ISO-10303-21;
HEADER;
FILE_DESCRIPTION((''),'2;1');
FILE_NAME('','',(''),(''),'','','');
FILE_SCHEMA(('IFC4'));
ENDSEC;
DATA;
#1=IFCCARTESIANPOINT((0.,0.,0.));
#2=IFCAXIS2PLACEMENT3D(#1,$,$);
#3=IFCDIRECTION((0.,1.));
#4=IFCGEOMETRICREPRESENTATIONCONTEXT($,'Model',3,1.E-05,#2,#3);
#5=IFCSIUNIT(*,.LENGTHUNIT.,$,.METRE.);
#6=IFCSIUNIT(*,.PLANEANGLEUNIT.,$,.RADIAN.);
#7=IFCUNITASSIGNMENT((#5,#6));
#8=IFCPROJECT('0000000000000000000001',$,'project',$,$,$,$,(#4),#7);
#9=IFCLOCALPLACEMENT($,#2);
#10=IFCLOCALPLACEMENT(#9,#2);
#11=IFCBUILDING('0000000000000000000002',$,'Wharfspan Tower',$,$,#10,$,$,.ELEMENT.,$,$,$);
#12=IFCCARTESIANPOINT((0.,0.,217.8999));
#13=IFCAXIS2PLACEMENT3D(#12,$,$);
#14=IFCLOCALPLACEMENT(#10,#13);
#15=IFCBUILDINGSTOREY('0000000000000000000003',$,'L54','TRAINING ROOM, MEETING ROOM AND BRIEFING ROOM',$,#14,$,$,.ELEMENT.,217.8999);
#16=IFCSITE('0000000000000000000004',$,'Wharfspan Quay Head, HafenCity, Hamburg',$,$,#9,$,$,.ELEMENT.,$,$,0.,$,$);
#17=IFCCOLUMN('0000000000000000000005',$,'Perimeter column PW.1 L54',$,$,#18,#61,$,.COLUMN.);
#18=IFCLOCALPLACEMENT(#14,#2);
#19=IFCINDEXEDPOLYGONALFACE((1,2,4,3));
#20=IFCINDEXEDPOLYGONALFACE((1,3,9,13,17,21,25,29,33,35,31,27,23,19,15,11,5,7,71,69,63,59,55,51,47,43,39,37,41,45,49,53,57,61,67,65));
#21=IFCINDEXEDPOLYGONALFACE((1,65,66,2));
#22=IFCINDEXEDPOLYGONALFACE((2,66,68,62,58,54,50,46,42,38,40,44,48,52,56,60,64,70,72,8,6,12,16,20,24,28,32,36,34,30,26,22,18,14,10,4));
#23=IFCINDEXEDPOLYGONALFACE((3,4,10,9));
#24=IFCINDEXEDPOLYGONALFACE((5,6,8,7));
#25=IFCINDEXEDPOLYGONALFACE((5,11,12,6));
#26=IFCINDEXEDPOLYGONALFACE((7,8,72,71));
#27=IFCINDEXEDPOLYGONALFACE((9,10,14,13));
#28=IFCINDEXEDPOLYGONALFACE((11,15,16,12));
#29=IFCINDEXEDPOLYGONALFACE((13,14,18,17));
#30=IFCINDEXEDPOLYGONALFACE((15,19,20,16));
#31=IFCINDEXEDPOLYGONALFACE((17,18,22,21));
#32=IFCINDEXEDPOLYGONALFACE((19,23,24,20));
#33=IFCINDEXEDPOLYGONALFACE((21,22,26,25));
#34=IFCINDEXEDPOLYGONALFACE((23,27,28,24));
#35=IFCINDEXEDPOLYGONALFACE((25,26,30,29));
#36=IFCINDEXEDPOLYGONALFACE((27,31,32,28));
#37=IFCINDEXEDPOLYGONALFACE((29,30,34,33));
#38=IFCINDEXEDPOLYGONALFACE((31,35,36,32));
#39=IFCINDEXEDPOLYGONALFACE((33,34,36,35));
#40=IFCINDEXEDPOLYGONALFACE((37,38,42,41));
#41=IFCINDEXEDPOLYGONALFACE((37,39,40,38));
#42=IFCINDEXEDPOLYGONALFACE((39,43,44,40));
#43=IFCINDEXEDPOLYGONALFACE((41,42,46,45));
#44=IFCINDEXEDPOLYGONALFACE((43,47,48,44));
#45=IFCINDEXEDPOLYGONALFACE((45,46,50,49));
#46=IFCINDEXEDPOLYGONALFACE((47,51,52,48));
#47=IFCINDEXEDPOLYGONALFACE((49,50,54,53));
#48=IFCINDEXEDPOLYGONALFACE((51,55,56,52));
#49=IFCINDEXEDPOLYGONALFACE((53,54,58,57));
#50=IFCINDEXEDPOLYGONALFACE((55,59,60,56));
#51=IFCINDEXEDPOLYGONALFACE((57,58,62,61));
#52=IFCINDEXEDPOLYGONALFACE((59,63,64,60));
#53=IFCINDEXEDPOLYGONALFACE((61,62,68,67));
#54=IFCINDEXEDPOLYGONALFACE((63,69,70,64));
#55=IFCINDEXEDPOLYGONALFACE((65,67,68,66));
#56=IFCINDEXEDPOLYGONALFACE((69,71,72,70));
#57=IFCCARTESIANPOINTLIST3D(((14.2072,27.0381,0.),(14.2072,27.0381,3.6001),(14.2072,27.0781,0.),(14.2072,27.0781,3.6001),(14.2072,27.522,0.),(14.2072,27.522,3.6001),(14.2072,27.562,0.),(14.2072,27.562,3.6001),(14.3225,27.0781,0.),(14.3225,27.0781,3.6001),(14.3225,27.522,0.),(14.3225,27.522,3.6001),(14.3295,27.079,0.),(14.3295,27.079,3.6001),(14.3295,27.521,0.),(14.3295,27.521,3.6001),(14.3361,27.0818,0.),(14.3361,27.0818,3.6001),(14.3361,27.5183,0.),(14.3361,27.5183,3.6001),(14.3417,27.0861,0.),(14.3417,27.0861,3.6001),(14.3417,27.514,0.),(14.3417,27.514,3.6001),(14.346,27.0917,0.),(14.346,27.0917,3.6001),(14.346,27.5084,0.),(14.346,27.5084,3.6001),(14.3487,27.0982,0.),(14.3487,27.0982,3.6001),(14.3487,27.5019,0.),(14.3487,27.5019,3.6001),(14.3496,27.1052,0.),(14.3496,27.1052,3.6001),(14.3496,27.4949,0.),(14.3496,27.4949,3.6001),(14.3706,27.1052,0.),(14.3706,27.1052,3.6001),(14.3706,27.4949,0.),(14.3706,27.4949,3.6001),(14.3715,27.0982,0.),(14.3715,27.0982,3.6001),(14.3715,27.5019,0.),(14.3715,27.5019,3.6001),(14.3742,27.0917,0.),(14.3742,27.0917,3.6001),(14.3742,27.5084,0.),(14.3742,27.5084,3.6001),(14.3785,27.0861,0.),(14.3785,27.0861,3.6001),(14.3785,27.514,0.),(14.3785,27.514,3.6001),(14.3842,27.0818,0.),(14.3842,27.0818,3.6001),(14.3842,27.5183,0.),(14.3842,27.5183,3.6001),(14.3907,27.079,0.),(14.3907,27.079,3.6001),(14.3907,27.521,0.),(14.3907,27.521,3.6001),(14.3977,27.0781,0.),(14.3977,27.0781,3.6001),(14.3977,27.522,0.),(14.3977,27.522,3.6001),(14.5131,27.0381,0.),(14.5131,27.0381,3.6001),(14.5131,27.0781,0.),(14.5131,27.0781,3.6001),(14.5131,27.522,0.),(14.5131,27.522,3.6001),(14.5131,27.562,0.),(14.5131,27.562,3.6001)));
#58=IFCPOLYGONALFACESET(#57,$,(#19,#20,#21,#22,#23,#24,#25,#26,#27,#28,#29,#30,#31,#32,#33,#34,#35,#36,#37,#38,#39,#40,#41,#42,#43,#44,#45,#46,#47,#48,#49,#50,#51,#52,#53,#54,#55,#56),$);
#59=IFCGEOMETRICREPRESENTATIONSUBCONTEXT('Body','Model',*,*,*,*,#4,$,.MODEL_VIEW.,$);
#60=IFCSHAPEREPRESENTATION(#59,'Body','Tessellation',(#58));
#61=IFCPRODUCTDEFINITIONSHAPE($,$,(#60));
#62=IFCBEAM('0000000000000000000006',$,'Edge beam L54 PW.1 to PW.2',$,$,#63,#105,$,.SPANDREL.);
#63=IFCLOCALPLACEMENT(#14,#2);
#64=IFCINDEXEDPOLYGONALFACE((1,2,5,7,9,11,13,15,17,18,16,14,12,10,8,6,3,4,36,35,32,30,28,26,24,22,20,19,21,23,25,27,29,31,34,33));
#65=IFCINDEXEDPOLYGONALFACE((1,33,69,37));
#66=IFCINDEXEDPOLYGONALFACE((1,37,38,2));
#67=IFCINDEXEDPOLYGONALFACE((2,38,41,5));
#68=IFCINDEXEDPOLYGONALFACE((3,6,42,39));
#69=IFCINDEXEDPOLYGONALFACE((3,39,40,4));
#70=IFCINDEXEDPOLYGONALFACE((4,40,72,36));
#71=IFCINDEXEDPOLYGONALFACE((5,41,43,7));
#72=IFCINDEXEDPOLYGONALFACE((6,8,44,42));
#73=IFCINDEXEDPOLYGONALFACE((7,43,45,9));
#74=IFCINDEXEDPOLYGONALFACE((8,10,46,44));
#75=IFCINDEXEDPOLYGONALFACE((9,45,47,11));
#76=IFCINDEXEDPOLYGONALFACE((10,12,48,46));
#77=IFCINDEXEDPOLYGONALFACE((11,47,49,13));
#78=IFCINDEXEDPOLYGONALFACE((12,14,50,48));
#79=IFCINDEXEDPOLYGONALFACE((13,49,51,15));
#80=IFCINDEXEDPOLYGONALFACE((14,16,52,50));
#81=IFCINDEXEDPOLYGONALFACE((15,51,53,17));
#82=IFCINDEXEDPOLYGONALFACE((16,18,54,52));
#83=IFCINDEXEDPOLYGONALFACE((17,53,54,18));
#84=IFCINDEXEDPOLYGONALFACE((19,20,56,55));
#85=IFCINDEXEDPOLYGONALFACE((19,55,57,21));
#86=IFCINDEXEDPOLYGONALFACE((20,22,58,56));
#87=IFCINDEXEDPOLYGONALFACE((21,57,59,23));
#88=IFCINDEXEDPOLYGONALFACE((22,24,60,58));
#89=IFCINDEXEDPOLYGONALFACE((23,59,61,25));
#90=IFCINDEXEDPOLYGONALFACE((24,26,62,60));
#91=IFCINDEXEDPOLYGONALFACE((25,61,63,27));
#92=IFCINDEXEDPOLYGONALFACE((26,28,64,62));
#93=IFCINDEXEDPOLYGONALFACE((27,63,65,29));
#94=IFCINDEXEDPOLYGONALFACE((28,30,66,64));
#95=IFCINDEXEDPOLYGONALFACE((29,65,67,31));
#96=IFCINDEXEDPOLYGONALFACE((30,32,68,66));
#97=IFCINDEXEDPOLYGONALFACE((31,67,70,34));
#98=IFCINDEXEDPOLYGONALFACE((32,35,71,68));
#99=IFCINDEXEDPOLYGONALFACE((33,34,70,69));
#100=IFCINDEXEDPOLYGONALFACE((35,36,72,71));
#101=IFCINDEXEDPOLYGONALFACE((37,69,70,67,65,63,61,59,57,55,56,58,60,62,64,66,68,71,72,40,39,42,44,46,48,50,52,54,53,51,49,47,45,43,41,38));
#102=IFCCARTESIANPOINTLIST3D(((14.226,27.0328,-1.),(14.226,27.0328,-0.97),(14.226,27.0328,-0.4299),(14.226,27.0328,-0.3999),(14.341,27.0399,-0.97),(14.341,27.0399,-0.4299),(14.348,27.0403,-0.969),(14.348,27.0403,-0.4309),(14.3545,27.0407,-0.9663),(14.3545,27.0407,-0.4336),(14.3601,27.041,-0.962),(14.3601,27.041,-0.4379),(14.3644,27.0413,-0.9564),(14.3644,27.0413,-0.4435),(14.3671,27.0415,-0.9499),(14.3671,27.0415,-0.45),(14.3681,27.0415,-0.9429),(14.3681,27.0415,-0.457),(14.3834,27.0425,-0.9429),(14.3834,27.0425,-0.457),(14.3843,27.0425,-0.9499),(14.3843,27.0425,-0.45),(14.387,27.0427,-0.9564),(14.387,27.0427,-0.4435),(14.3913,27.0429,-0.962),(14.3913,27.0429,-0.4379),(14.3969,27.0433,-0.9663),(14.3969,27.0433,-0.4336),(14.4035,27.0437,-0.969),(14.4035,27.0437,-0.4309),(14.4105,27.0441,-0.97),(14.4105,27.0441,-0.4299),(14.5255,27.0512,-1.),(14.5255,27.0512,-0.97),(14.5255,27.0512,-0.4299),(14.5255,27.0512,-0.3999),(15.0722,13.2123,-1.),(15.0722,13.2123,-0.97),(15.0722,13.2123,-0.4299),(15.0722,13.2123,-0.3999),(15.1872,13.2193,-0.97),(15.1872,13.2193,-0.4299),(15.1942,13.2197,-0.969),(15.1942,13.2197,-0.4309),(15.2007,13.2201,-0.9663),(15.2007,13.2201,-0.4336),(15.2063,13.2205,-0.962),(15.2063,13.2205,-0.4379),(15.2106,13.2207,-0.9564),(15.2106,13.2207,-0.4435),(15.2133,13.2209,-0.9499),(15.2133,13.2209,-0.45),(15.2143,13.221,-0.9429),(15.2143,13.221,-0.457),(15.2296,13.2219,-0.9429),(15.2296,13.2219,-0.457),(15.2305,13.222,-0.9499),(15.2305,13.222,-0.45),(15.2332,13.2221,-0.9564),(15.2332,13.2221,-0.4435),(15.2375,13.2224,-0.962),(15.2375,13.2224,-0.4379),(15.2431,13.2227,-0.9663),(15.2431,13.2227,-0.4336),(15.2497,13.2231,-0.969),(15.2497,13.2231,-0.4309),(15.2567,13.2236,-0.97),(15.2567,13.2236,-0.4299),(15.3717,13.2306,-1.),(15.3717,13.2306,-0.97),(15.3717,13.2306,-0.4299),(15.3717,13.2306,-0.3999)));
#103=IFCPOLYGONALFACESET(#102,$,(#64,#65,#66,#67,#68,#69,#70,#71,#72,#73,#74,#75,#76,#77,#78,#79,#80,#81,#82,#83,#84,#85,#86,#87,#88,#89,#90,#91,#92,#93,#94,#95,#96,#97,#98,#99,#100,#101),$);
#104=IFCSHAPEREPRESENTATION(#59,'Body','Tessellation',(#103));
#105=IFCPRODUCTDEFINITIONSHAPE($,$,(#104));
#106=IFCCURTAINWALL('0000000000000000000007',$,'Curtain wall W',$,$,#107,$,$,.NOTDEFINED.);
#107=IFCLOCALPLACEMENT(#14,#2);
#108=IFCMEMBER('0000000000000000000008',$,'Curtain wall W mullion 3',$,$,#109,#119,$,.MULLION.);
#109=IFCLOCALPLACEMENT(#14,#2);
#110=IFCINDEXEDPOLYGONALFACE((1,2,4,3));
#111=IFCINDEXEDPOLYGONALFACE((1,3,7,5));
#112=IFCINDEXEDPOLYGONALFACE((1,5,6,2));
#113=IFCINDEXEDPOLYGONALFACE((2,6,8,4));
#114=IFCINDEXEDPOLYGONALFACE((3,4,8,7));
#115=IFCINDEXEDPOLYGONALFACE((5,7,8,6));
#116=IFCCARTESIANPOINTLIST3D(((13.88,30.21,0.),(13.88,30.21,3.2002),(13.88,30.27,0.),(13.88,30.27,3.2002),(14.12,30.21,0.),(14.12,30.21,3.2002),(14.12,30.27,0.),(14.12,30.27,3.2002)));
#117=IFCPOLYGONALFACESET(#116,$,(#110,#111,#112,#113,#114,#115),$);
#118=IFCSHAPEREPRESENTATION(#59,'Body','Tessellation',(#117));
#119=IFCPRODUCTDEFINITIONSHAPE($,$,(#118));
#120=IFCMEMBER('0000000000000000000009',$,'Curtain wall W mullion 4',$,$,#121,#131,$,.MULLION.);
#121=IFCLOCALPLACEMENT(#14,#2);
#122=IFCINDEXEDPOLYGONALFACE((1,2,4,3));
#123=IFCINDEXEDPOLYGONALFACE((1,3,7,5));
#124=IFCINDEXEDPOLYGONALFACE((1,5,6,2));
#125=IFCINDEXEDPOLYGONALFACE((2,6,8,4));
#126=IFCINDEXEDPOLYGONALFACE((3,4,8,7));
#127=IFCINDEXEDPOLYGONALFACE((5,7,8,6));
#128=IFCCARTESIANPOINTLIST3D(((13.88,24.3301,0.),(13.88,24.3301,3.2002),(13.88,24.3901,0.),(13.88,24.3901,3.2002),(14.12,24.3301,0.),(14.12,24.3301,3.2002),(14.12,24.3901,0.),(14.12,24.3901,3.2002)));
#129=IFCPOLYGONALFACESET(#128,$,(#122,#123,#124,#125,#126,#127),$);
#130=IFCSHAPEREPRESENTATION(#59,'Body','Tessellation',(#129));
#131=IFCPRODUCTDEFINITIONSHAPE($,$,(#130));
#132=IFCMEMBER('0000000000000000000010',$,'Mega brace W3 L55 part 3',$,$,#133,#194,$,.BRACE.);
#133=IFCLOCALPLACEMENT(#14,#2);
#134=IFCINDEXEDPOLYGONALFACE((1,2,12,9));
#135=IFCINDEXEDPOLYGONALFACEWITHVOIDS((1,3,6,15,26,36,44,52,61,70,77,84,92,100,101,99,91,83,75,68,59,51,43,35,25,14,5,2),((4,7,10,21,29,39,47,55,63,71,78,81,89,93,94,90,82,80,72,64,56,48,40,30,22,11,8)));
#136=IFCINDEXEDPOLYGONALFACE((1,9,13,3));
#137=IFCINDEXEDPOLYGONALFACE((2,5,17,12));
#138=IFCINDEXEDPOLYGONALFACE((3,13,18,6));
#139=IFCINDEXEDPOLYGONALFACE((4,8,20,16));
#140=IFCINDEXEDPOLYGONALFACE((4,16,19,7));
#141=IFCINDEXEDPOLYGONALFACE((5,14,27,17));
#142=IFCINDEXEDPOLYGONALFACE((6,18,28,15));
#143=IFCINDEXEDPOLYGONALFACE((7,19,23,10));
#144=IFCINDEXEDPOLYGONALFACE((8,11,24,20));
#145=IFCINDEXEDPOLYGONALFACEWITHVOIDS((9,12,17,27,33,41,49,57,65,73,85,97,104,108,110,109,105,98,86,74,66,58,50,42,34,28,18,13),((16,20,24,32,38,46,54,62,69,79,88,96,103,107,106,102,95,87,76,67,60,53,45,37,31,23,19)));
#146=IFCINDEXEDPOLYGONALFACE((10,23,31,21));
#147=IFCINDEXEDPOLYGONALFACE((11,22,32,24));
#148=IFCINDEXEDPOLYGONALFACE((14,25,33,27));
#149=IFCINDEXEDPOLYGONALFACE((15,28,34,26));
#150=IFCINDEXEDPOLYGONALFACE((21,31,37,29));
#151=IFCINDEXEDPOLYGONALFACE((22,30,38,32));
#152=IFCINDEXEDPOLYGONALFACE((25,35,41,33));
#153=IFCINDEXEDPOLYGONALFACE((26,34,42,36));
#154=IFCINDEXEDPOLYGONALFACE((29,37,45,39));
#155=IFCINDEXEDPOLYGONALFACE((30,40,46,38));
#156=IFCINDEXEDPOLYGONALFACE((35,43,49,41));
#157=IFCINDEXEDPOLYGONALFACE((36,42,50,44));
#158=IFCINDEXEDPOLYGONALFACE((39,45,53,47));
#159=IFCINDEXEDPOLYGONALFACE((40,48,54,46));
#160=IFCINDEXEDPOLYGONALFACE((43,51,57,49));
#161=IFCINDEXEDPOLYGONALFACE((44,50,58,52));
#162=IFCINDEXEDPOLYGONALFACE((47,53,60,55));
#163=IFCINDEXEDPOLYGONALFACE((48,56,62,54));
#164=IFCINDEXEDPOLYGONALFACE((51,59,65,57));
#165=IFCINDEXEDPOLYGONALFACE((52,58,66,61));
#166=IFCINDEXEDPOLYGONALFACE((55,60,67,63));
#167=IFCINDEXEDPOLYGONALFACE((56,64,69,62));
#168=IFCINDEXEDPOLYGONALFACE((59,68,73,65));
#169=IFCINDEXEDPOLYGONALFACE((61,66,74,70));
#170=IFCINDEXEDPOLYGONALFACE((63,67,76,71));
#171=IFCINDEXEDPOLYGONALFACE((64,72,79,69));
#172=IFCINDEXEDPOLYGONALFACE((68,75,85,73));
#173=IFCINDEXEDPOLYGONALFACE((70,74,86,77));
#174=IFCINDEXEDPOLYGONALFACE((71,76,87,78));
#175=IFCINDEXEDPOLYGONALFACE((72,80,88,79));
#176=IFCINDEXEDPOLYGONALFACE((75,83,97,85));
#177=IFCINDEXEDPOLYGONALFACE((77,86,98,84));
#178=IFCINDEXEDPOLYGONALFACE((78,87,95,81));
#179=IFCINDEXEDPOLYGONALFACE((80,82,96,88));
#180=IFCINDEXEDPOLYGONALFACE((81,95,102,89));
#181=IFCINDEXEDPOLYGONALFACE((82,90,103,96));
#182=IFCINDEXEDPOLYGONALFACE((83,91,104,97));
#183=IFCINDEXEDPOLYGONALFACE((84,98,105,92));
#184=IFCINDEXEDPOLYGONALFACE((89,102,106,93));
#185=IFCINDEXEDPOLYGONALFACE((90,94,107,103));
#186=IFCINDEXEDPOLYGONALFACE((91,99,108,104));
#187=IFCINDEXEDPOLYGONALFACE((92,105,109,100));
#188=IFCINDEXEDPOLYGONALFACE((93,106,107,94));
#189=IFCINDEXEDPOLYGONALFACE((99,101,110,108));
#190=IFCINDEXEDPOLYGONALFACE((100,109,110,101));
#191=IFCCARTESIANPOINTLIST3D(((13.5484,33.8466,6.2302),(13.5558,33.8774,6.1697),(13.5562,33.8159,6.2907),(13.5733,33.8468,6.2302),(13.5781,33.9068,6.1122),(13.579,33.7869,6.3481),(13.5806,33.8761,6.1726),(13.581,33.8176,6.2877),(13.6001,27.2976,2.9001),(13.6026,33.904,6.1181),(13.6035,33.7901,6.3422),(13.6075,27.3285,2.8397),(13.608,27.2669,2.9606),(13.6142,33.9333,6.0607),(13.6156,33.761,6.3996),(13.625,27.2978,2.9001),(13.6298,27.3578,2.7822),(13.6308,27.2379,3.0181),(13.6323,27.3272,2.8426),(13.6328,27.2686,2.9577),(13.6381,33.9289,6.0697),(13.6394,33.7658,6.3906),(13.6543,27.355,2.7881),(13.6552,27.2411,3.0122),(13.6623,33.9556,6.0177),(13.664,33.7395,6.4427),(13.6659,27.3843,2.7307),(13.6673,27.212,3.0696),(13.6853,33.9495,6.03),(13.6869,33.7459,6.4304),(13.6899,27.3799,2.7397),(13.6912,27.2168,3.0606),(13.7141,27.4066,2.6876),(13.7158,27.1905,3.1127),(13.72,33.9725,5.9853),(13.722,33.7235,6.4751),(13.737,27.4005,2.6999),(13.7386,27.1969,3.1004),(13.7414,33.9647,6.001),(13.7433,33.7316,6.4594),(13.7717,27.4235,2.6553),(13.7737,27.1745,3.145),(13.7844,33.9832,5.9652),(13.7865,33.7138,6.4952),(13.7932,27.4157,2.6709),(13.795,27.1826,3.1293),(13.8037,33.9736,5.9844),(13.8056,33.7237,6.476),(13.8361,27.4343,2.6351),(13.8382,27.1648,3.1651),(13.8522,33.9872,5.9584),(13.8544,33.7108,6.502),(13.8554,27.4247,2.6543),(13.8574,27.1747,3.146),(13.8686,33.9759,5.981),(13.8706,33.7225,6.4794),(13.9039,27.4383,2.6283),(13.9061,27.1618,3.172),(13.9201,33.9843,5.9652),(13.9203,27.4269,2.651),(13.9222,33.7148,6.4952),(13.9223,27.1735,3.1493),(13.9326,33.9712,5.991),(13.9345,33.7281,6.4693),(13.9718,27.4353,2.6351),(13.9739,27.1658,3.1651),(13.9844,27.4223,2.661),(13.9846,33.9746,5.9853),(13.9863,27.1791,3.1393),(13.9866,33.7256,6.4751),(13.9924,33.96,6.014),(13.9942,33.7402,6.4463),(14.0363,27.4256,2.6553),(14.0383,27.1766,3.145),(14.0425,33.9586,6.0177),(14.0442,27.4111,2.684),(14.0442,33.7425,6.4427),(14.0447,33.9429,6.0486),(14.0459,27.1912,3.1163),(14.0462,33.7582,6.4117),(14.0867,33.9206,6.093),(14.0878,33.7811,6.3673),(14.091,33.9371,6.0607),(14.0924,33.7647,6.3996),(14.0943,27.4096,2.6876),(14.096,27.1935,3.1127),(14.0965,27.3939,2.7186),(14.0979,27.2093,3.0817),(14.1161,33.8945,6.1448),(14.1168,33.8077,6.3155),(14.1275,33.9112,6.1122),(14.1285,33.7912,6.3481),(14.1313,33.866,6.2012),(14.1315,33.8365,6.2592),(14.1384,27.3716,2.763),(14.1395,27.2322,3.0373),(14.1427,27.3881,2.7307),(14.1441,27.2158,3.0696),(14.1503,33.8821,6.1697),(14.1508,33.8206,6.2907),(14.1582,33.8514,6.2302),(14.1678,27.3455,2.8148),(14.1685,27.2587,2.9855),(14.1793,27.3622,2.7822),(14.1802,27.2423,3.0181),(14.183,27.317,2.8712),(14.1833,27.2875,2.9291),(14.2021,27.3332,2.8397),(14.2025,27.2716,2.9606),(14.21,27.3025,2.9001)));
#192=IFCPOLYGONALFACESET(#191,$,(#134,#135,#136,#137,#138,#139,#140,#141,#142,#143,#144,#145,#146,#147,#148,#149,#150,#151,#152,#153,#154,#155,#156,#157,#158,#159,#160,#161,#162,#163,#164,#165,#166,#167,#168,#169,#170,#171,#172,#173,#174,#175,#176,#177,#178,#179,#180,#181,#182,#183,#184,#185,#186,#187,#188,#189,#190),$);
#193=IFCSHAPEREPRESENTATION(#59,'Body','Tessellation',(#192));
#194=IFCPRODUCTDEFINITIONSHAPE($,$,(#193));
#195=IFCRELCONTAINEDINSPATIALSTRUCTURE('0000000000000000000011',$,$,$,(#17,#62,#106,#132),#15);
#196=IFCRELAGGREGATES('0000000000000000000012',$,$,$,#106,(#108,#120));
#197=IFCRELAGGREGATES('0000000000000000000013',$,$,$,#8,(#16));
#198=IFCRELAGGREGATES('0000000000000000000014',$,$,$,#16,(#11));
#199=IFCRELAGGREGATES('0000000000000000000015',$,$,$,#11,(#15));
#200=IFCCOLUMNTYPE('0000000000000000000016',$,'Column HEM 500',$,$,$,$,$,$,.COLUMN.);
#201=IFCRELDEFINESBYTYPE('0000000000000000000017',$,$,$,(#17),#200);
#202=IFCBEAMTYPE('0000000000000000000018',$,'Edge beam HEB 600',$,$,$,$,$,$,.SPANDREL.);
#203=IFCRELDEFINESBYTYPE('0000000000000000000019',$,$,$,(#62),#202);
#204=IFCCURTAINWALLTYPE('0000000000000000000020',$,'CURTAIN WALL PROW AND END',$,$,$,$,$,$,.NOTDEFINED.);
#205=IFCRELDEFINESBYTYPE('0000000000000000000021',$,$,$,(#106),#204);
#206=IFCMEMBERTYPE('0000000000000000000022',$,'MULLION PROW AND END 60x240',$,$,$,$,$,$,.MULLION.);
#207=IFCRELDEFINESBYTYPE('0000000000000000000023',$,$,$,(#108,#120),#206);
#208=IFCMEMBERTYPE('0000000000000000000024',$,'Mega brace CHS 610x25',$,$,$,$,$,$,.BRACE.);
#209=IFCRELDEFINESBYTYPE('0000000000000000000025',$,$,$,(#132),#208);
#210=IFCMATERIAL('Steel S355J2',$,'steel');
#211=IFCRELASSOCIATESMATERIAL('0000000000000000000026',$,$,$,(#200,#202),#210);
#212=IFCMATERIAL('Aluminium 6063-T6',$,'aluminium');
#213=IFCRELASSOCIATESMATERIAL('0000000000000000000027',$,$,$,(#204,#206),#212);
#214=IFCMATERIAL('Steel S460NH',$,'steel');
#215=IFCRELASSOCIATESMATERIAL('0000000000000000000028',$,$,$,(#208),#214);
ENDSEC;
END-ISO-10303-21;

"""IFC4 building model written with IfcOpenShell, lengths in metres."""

from ifc_helpers import new_model, si_unit, direction, frame, origin, origin_2d, place, context, subcontext, project, spatial, rectangle, hollow_circle, i_section, extrude, material, material_profile, profile_set, type_object, element, aggregate, save


model = new_model("IFC4")

# Units and contexts
model_context = context("Model", 3, precision=1e-05, world=origin(), true_north=direction((0.0, 1.0)))
body_context = subcontext(model_context, "Body", "Model", "MODEL_VIEW")
ifc_project = project(units=[si_unit("LENGTHUNIT", "METRE"), si_unit("PLANEANGLEUNIT", "RADIAN")], contexts=[model_context])

# Site, building, storey
site_placement = place(None, origin())
site = spatial("IfcSite", under=ifc_project, at=site_placement, Name="Wharfspan Quay Head, HafenCity, Hamburg", CompositionType="ELEMENT", RefElevation=0.0)
building_placement = place(site_placement, origin())
building = spatial("IfcBuilding", under=site, at=building_placement, Name="Wharfspan Tower", CompositionType="ELEMENT")
storey_placement = place(building_placement, frame((0.0, 0.0, 217.8999)))
storey = spatial("IfcBuildingStorey", under=building, at=storey_placement, Name="L54", Description="TRAINING ROOM, MEETING ROOM AND BRIEFING ROOM", CompositionType="ELEMENT", Elevation=217.8999)

# Column
ifc_material_1 = material(Name="Steel S355J2", Category="steel")
ifc_material_profile_1 = material_profile(ifc_material_1, i_section(OverallWidth=0.3059, OverallDepth=0.5239, WebThickness=0.021, FlangeThickness=0.04, FilletRadius=0.0271, at=origin_2d()))
ifc_profile_set_1 = profile_set([ifc_material_profile_1], Name="Steel S355J2")
column_type = type_object("IfcColumnType", Name="Column HEM 500", PredefinedType="COLUMN", material=ifc_profile_set_1)
column_placement = place(storey_placement, frame((14.3601, 27.3, 0.0), z_axis=(0.0, 0.0, 1.0), x_axis=(-1.0, 0.0, 0.0)))
element("IfcColumn", 1, at=column_placement, inside=storey, type_object=column_type, Name="Perimeter column PW.1 L54", PredefinedType="COLUMN", context=body_context, shape_type="SweptSolid", body=[
    extrude(i_section(OverallWidth=0.3059, OverallDepth=0.5239, WebThickness=0.021, FlangeThickness=0.04, FilletRadius=0.0271, at=origin_2d()), origin(), (0.0, 0.0, 1.0), 3.6001),
])

# Beam
ifc_material_profile_2 = material_profile(ifc_material_1, i_section(OverallWidth=0.3, OverallDepth=0.6001, WebThickness=0.0154, FlangeThickness=0.03, FilletRadius=0.0271, at=origin_2d()))
ifc_profile_set_2 = profile_set([ifc_material_profile_2], Name="Steel S355J2")
beam_type = type_object("IfcBeamType", Name="Edge beam HEB 600", PredefinedType="SPANDREL", material=ifc_profile_set_2)
beam_placement = place(storey_placement, frame((14.3757, 27.042, -0.7), z_axis=(0.061113, -0.998131, 0.0), x_axis=(0.998131, 0.061113, 0.0)))
element("IfcBeam", 2, at=beam_placement, inside=storey, type_object=beam_type, Name="Edge beam L54 PW.1 to PW.2", PredefinedType="SPANDREL", context=body_context, shape_type="SweptSolid", body=[
    extrude(i_section(OverallWidth=0.3, OverallDepth=0.6001, WebThickness=0.0154, FlangeThickness=0.03, FilletRadius=0.0271, at=origin_2d()), origin(), (0.0, 0.0, 1.0), 13.8464),
])

# Curtain wall, members
ifc_material_2 = material(Name="Aluminium 6063-T6", Category="aluminium")
curtain_wall_type = type_object("IfcCurtainWallType", Name="CURTAIN WALL PROW AND END", PredefinedType="NOTDEFINED", material=ifc_material_2)
curtain_wall_placement = place(storey_placement, origin())
curtain_wall = element("IfcCurtainWall", 3, at=curtain_wall_placement, inside=storey, type_object=curtain_wall_type, Name="Curtain wall W", PredefinedType="NOTDEFINED")
ifc_material_profile_3 = material_profile(ifc_material_2, rectangle(XDim=0.24, YDim=0.0601, at=origin_2d()))
ifc_profile_set_3 = profile_set([ifc_material_profile_3], Name="Aluminium 6063-T6")
member_type_1 = type_object("IfcMemberType", Name="MULLION PROW AND END 60x240", PredefinedType="MULLION", material=ifc_profile_set_3)
member_1_placement = place(storey_placement, frame((14.0, 30.24, 0.0), z_axis=(0.0, 0.0, 1.0), x_axis=(1.0, 0.0, 0.0)))
member_1 = element("IfcMember", 4, at=member_1_placement, type_object=member_type_1, Name="Curtain wall W mullion 3", PredefinedType="MULLION", context=body_context, shape_type="SweptSolid", body=[
    extrude(rectangle(XDim=0.24, YDim=0.0601, at=origin_2d()), origin(), (0.0, 0.0, 1.0), 3.2002),
])
member_2_placement = place(storey_placement, frame((14.0, 24.3601, 0.0), z_axis=(0.0, 0.0, 1.0), x_axis=(1.0, 0.0, 0.0)))
member_2 = element("IfcMember", 5, at=member_2_placement, type_object=member_type_1, Name="Curtain wall W mullion 4", PredefinedType="MULLION", context=body_context, shape_type="SweptSolid", body=[
    extrude(rectangle(XDim=0.24, YDim=0.0601, at=origin_2d()), origin(), (0.0, 0.0, 1.0), 3.2002),
])

# Member
ifc_material_3 = material(Name="Steel S460NH", Category="steel")
ifc_material_profile_4 = material_profile(ifc_material_3, hollow_circle(Radius=0.3049, WallThickness=0.0249, at=origin_2d()))
ifc_profile_set_4 = profile_set([ifc_material_profile_4], Name="Steel S460NH")
member_type_2 = type_object("IfcMemberType", Name="Mega brace CHS 610x25", PredefinedType="BRACE", material=ifc_profile_set_4)
member_3_placement = place(storey_placement, frame((13.905, 27.3, 2.9001), z_axis=(-0.007044, 0.891361, 0.45324), x_axis=(-0.999973, -0.007904, 0.000003)))
element("IfcMember", 6, at=member_3_placement, inside=storey, type_object=member_type_2, Name="Mega brace W3 L55 part 3", PredefinedType="BRACE", context=body_context, shape_type="SweptSolid", body=[
    extrude(hollow_circle(Radius=0.3049, WallThickness=0.0249, at=origin_2d()), origin(), (0.0, 0.0, 1.0), 7.3472),
])

aggregate(curtain_wall, [member_1, member_2])

save(model, "model.ifc")
